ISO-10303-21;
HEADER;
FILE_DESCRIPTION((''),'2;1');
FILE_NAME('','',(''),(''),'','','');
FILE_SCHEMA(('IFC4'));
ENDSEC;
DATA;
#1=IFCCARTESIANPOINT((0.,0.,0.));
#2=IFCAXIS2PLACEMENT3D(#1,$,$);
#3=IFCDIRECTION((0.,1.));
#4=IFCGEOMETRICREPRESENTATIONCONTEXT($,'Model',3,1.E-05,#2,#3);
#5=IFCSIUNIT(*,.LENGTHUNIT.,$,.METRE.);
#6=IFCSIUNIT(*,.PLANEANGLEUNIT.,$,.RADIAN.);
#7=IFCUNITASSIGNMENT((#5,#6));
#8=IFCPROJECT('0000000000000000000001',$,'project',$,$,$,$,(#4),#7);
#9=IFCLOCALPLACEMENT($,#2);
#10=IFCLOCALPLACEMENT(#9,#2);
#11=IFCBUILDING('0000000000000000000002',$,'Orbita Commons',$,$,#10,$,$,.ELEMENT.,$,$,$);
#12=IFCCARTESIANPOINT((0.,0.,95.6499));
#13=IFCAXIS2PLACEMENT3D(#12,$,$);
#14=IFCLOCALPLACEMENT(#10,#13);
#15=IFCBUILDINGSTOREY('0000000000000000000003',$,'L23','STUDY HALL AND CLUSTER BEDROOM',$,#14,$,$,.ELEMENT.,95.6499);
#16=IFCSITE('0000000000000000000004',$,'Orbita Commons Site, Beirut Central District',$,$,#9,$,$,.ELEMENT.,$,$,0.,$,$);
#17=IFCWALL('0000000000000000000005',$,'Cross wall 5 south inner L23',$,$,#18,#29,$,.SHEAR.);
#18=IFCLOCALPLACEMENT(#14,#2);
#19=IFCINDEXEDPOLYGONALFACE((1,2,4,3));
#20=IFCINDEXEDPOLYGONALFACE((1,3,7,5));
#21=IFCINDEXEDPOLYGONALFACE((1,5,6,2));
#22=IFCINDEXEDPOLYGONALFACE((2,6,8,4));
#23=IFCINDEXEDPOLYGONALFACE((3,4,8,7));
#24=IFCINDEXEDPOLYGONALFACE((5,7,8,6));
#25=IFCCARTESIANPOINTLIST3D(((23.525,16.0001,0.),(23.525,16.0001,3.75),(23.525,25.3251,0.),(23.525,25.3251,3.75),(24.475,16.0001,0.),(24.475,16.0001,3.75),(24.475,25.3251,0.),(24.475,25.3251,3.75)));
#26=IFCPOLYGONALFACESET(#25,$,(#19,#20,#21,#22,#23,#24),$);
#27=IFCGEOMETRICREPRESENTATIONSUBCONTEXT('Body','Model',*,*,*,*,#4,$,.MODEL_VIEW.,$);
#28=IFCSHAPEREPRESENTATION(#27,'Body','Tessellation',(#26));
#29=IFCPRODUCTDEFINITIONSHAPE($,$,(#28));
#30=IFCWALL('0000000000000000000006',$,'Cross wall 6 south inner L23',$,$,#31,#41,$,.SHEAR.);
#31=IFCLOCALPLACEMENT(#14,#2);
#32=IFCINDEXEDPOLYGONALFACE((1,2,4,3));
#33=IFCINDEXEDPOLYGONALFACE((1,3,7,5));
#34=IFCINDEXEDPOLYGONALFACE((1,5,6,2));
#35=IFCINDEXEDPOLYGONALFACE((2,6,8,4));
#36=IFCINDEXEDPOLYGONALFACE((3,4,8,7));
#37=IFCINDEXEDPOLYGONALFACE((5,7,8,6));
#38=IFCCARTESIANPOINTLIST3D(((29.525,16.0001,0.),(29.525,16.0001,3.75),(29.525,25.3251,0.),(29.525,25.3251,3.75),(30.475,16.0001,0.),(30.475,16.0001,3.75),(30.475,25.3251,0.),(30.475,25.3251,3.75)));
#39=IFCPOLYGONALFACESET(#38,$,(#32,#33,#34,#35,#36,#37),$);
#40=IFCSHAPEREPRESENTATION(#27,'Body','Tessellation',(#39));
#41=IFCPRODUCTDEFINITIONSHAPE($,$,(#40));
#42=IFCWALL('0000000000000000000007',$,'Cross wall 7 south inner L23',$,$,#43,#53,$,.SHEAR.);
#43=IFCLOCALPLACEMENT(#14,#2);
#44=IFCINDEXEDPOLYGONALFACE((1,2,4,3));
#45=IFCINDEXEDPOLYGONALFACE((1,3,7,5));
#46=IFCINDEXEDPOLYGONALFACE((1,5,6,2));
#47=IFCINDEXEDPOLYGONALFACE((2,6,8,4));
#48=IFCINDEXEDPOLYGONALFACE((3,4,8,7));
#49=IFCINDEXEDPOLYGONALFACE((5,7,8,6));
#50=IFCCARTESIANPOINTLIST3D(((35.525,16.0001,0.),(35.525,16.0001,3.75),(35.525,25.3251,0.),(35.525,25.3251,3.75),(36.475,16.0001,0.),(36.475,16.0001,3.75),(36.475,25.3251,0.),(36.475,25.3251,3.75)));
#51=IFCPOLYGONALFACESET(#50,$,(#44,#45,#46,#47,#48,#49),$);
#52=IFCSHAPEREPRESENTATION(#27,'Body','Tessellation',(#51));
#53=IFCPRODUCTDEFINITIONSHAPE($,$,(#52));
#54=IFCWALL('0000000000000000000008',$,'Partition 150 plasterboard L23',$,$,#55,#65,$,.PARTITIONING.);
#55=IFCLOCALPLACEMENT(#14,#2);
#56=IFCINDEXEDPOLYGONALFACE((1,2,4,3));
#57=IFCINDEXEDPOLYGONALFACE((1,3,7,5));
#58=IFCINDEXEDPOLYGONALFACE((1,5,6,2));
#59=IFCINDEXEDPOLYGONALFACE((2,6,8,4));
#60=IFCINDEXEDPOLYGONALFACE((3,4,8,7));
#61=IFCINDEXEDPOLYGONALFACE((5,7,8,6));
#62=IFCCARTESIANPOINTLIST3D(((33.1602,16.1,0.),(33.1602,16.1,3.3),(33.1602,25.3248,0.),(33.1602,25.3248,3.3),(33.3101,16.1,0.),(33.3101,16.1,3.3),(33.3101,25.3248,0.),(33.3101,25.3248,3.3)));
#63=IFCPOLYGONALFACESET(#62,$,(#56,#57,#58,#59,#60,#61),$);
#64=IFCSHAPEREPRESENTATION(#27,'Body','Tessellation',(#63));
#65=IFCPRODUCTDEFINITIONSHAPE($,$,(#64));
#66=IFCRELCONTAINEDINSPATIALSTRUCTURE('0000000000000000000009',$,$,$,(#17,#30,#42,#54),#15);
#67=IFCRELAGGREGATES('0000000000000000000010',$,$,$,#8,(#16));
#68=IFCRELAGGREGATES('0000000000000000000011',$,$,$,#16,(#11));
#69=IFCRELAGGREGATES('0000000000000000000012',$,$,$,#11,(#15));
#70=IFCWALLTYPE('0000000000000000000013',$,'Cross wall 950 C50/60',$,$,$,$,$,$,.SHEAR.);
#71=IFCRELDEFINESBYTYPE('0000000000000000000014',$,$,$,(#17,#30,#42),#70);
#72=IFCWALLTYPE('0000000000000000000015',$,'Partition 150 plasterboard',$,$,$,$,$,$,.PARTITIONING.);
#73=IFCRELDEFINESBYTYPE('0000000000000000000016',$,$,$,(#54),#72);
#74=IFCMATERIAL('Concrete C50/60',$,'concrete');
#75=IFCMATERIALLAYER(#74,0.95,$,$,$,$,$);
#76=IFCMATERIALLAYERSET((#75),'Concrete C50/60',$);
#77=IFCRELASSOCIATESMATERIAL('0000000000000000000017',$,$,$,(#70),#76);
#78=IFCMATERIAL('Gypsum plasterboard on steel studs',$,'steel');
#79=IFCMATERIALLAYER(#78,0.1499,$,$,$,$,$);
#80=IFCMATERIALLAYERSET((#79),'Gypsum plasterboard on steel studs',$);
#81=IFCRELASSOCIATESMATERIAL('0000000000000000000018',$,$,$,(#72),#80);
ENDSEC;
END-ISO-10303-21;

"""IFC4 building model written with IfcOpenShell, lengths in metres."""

from ifc_helpers import new_model, si_unit, direction, frame, frame_2d, origin, place, context, subcontext, project, spatial, rectangle, extrude, material, layer, layer_set, type_object, element, save


model = new_model("IFC4")

# Units and contexts
model_context = context("Model", 3, precision=1e-05, world=origin(), true_north=direction((0.0, 1.0)))
body_context = subcontext(model_context, "Body", "Model", "MODEL_VIEW")
ifc_project = project(units=[si_unit("LENGTHUNIT", "METRE"), si_unit("PLANEANGLEUNIT", "RADIAN")], contexts=[model_context])

# Site, building, storey
site_placement = place(None, origin())
site = spatial("IfcSite", under=ifc_project, at=site_placement, Name="Orbita Commons Site, Beirut Central District", CompositionType="ELEMENT", RefElevation=0.0)
building_placement = place(site_placement, origin())
building = spatial("IfcBuilding", under=site, at=building_placement, Name="Orbita Commons", CompositionType="ELEMENT")
storey_placement = place(building_placement, frame((0.0, 0.0, 95.6499)))
storey = spatial("IfcBuildingStorey", under=building, at=storey_placement, Name="L23", Description="STUDY HALL AND CLUSTER BEDROOM", CompositionType="ELEMENT", Elevation=95.6499)

# Walls
ifc_material_1 = material(Name="Concrete C50/60", Category="concrete")
ifc_layer_1 = layer(ifc_material_1, 0.95)
ifc_layer_set_1 = layer_set([ifc_layer_1], Name="Concrete C50/60")
wall_type_1 = type_object("IfcWallType", Name="Cross wall 950 C50/60", PredefinedType="SHEAR", material=ifc_layer_set_1)
for number, where, z_axis, x_axis, name in (
    (1, (24.0, 16.0, 0.0), (0.0, 0.0, 1.0), (0.0, 1.0, 0.0), "Cross wall 5 south inner L23"),
    (2, (30.0, 16.0, 0.0), (0.0, 0.0, 1.0), (0.0, 1.0, 0.0), "Cross wall 6 south inner L23"),
    (3, (36.0, 16.0, 0.0), (0.0, 0.0, 1.0), (0.0, 1.0, 0.0), "Cross wall 7 south inner L23"),
):
    element("IfcWall", number, at=place(storey_placement, frame(where, z_axis=z_axis, x_axis=x_axis)), inside=storey, type_object=wall_type_1, Name=name, PredefinedType="SHEAR", context=body_context, shape_type="SweptSolid", body=[
        extrude(rectangle(XDim=9.325, YDim=0.95, at=frame_2d((4.6626, 0.0))), origin(), (0.0, 0.0, 1.0), 3.75),
    ])
ifc_material_2 = material(Name="Gypsum plasterboard on steel studs", Category="steel")
ifc_layer_2 = layer(ifc_material_2, 0.1499)
ifc_layer_set_2 = layer_set([ifc_layer_2], Name="Gypsum plasterboard on steel studs")
wall_type_2 = type_object("IfcWallType", Name="Partition 150 plasterboard", PredefinedType="PARTITIONING", material=ifc_layer_set_2)
wall_1_placement = place(storey_placement, frame((33.2351, 16.1001, 0.0), z_axis=(0.0, 0.0, 1.0), x_axis=(0.0, 1.0, 0.0)))
element("IfcWall", 4, at=wall_1_placement, inside=storey, type_object=wall_type_2, Name="Partition 150 plasterboard L23", PredefinedType="PARTITIONING", context=body_context, shape_type="SweptSolid", body=[
    extrude(rectangle(XDim=9.2249, YDim=0.1499, at=frame_2d((4.6123, 0.0))), origin(), (0.0, 0.0, 1.0), 3.3),
])

save(model, "model.ifc")
